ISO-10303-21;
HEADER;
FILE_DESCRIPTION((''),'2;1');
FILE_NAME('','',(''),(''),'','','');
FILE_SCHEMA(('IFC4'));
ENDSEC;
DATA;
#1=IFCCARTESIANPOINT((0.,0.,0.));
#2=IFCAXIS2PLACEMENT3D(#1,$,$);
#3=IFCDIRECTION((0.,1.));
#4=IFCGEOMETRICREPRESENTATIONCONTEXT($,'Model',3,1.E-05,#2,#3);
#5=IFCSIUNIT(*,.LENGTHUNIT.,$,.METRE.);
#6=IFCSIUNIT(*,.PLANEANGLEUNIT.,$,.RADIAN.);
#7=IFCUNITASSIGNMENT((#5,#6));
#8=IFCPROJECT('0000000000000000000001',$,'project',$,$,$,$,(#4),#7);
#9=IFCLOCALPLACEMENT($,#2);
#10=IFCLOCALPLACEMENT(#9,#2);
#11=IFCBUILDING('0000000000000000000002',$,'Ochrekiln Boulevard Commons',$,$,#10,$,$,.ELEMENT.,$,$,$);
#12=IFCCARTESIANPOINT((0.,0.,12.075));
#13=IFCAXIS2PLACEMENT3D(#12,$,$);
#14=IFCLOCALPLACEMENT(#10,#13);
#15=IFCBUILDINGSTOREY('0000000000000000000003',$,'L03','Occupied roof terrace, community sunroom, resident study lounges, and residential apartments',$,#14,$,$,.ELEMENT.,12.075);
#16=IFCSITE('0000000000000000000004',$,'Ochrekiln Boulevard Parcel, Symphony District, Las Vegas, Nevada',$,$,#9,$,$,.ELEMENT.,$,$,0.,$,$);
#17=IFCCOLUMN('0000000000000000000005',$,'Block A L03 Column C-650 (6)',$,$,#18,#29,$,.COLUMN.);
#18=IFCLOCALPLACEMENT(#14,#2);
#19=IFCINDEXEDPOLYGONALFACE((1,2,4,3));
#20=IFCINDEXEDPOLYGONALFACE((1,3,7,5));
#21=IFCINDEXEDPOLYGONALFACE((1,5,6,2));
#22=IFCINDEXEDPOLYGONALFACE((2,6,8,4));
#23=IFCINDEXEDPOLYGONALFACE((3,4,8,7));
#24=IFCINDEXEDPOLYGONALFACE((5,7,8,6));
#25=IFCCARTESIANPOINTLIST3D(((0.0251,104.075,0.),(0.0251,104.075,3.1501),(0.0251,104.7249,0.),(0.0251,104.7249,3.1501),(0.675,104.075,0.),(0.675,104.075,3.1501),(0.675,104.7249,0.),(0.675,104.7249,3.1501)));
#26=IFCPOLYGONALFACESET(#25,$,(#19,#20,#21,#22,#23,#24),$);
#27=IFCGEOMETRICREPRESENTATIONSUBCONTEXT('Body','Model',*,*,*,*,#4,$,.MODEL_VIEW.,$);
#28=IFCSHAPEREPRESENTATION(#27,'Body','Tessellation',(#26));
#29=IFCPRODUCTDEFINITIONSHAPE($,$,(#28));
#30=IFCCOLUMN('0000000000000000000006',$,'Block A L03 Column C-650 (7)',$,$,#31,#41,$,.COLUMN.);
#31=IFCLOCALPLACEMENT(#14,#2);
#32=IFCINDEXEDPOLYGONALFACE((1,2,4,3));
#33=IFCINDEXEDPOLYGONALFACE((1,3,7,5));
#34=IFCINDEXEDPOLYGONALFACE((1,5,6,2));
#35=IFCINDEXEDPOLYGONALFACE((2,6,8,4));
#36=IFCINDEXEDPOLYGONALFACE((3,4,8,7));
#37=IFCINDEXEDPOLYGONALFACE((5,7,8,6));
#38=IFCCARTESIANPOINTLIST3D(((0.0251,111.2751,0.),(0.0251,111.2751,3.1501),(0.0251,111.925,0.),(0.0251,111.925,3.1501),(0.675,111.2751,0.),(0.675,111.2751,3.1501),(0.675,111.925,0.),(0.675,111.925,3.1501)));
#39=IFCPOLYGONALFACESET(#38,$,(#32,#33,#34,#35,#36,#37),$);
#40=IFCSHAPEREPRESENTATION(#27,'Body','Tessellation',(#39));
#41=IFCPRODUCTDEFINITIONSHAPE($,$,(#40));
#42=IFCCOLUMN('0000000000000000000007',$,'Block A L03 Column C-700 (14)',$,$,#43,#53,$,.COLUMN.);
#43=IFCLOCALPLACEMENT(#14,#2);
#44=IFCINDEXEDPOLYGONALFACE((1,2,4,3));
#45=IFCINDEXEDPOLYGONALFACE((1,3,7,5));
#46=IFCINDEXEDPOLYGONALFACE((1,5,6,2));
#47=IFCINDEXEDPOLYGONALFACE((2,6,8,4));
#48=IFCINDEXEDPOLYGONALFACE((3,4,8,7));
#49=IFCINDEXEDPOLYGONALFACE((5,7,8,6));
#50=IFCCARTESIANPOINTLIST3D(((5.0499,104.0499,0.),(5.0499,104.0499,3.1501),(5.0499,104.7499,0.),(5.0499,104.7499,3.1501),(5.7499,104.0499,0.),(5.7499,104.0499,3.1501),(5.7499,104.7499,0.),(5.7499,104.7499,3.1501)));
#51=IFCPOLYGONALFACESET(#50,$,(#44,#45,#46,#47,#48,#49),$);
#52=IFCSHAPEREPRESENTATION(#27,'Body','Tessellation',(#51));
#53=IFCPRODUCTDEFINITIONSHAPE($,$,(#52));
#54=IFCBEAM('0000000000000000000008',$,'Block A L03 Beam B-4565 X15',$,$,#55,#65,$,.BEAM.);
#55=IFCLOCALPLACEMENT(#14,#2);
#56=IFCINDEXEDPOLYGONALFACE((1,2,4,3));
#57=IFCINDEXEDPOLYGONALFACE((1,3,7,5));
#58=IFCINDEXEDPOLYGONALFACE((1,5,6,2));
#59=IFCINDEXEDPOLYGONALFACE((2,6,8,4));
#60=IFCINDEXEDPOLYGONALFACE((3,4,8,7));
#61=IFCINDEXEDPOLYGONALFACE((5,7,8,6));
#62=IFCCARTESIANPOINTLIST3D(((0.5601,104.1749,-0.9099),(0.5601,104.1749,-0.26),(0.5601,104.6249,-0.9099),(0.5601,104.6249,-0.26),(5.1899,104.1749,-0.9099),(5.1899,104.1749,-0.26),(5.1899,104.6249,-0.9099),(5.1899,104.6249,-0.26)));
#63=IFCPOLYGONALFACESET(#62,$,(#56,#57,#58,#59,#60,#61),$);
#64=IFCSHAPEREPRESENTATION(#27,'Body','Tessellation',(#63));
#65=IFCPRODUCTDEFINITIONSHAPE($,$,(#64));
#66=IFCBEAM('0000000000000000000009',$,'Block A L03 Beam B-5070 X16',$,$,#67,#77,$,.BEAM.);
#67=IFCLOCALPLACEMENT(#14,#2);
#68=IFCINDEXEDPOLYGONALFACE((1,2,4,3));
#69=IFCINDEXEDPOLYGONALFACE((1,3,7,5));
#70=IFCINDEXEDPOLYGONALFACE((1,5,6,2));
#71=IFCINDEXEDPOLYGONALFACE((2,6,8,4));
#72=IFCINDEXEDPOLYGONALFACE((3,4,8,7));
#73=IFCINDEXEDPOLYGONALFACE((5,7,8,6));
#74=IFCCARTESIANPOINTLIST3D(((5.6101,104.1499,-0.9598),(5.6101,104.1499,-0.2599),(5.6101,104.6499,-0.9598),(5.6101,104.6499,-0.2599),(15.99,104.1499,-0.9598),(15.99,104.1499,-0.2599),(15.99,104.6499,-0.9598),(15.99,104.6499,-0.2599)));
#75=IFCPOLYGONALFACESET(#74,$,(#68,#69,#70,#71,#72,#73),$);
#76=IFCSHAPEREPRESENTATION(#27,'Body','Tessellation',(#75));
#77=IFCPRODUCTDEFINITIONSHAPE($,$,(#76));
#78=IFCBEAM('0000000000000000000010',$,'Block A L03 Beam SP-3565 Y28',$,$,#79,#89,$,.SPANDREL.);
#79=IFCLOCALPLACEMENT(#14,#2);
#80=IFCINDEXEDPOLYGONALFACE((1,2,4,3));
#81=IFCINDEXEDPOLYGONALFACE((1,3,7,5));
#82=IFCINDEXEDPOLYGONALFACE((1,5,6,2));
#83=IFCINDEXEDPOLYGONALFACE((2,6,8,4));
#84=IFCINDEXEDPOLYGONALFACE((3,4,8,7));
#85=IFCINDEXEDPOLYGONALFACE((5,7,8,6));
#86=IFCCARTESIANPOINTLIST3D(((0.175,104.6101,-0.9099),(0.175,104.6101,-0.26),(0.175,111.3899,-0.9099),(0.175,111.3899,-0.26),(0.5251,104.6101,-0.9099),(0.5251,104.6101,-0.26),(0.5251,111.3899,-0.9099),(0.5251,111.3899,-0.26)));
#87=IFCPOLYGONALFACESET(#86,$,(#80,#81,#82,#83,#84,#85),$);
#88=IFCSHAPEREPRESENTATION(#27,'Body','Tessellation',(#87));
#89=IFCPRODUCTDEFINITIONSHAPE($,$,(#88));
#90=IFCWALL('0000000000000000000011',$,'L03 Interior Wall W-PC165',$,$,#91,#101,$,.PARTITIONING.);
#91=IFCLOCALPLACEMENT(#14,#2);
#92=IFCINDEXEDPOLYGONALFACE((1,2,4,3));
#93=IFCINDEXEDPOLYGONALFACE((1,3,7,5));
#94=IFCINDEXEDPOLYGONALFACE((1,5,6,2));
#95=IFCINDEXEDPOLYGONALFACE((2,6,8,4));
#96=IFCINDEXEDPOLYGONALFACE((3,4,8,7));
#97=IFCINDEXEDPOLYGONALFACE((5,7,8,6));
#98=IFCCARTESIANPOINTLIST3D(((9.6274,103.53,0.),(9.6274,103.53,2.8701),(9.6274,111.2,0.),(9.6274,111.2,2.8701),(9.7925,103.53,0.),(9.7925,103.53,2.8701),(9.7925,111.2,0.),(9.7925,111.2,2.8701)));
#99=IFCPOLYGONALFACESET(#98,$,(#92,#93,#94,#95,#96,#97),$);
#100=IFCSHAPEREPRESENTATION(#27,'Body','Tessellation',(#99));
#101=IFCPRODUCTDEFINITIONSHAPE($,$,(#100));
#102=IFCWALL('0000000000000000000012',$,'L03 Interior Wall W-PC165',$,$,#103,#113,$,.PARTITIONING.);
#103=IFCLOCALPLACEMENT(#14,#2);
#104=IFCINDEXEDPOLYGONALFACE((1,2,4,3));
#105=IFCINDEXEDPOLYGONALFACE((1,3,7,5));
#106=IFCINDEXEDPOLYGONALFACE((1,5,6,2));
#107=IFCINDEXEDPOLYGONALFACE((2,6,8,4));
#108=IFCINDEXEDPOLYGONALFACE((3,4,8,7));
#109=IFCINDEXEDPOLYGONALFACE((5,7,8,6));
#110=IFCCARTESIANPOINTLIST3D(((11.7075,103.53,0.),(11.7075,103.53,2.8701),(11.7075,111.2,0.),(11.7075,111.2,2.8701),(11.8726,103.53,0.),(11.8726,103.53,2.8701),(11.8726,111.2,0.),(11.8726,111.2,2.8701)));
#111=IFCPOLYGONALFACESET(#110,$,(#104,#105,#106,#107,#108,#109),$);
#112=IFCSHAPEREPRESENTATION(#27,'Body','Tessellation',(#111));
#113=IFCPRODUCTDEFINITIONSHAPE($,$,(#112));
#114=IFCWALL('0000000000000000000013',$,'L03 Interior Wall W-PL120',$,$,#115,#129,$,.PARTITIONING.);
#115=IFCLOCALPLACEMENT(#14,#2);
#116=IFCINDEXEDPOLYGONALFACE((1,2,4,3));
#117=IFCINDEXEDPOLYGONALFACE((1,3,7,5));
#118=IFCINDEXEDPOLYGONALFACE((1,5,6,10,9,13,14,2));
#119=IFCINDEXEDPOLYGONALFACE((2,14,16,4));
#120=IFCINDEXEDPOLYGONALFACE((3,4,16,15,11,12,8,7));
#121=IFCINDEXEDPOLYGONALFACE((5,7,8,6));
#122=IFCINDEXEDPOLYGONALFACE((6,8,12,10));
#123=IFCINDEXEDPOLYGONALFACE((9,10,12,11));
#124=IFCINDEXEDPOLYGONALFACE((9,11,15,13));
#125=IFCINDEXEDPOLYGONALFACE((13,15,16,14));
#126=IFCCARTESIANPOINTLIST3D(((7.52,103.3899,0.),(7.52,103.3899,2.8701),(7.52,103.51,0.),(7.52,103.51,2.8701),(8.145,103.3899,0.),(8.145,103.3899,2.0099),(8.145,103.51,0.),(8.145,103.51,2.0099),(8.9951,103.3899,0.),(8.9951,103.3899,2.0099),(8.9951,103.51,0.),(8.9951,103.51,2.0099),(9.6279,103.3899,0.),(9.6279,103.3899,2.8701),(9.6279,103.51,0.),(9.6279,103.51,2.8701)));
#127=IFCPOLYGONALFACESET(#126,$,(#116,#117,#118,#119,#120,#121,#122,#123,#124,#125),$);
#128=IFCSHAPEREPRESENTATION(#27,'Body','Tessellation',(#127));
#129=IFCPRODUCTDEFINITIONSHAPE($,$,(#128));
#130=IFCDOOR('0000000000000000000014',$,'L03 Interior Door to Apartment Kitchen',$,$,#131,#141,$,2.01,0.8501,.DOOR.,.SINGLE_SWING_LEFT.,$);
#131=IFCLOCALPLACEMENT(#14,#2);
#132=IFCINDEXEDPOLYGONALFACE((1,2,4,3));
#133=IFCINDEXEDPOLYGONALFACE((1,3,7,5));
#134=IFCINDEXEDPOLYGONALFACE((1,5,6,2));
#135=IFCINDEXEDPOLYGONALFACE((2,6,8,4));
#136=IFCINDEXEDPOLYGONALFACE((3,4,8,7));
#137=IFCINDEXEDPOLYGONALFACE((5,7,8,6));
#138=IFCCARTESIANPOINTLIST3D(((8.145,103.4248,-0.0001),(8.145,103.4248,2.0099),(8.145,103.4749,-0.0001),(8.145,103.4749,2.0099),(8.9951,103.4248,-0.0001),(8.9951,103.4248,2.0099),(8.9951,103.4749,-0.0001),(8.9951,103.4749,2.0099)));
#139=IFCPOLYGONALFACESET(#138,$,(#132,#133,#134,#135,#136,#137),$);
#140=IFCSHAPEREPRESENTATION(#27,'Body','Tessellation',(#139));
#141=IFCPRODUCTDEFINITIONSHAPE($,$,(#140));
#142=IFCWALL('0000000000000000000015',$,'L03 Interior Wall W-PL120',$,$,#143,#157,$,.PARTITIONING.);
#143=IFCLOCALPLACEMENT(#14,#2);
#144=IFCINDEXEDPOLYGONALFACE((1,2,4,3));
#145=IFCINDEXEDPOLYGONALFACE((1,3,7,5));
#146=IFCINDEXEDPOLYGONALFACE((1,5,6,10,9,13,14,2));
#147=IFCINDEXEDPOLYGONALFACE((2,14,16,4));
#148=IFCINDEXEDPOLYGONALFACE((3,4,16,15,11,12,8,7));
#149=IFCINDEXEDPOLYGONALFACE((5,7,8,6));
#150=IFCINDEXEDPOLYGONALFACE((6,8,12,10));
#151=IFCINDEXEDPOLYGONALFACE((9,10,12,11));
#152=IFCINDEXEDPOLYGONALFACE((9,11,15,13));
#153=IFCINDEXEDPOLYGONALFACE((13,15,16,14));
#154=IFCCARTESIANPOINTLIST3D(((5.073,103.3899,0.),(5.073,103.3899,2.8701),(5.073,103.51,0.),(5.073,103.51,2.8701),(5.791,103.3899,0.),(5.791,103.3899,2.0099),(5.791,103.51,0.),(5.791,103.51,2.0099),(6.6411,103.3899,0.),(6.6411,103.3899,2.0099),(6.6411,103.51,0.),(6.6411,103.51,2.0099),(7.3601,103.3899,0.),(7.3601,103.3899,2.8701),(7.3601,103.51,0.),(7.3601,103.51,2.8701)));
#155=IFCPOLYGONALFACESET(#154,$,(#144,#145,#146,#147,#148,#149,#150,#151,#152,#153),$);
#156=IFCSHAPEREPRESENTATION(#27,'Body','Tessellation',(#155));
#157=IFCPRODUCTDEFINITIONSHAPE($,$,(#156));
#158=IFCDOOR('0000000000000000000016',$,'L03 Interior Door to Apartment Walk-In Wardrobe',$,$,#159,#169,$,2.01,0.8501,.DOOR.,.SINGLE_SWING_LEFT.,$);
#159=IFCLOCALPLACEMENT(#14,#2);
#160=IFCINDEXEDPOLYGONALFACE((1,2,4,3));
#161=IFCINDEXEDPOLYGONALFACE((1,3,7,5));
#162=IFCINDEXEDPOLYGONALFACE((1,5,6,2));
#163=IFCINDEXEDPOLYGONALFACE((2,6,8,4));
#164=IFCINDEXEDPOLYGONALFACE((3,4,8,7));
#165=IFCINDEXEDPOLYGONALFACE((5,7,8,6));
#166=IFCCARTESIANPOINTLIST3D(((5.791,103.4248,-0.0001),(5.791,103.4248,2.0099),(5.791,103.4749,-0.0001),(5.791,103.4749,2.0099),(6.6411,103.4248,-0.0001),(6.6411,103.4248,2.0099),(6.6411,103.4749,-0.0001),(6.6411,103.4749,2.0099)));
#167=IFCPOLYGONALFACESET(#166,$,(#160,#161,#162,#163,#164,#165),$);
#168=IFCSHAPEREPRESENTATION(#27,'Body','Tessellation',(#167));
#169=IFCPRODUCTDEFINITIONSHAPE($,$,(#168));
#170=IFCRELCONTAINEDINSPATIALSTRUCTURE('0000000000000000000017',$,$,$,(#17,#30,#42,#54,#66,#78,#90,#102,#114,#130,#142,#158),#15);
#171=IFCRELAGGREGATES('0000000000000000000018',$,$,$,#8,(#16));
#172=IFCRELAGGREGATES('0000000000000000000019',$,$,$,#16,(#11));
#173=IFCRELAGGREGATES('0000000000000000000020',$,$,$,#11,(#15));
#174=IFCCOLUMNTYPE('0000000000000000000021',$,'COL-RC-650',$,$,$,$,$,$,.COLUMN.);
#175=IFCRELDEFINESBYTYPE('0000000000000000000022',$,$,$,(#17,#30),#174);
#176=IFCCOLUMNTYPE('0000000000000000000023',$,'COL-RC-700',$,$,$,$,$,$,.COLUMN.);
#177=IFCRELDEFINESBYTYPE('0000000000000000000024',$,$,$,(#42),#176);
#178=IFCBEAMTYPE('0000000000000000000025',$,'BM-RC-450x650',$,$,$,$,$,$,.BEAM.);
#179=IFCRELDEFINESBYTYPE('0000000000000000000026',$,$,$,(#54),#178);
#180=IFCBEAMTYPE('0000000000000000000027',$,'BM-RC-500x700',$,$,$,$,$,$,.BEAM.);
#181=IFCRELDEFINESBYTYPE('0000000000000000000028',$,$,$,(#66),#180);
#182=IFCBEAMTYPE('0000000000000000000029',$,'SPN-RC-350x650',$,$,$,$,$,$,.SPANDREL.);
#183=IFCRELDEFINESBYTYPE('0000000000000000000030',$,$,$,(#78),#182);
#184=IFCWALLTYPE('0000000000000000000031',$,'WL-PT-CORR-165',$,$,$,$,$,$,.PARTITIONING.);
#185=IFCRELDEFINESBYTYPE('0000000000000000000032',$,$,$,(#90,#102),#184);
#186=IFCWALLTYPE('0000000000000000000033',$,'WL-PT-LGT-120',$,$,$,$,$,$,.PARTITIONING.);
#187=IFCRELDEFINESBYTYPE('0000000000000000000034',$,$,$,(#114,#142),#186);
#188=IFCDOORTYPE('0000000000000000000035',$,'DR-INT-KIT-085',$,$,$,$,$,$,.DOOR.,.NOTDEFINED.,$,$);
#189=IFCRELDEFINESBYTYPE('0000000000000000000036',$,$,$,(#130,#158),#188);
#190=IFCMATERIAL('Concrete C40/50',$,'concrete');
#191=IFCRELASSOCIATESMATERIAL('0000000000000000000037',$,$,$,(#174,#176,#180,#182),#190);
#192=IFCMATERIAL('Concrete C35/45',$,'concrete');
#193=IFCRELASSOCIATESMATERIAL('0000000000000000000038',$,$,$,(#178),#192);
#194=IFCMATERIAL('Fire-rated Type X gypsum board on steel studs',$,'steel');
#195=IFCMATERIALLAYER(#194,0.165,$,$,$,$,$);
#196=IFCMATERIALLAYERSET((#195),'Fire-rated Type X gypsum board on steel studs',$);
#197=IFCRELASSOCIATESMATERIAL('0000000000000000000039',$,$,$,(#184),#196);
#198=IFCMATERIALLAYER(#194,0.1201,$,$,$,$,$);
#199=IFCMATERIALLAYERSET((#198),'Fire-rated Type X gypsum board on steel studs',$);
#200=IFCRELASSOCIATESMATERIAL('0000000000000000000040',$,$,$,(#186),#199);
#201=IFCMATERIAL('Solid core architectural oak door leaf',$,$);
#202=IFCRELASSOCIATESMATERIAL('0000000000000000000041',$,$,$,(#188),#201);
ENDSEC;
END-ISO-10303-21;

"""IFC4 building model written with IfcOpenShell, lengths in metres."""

from ifc_helpers import new_model, si_unit, direction, frame, frame_2d, origin, origin_2d, place, context, subcontext, project, spatial, rectangle, extrude, material, layer, layer_set, material_profile, profile_set, type_object, element, fill, save


model = new_model("IFC4")

# Units and contexts
model_context = context("Model", 3, precision=1e-05, world=origin(), true_north=direction((0.0, 1.0)))
body_context = subcontext(model_context, "Body", "Model", "MODEL_VIEW")
ifc_project = project(units=[si_unit("LENGTHUNIT", "METRE"), si_unit("PLANEANGLEUNIT", "RADIAN")], contexts=[model_context])

# Site, building, storey
site_placement = place(None, origin())
site = spatial("IfcSite", under=ifc_project, at=site_placement, Name="Ochrekiln Boulevard Parcel, Symphony District, Las Vegas, Nevada", CompositionType="ELEMENT", RefElevation=0.0)
building_placement = place(site_placement, origin())
building = spatial("IfcBuilding", under=site, at=building_placement, Name="Ochrekiln Boulevard Commons", CompositionType="ELEMENT")
storey_placement = place(building_placement, frame((0.0, 0.0, 12.075)))
storey = spatial("IfcBuildingStorey", under=building, at=storey_placement, Name="L03", Description="Occupied roof terrace, community sunroom, resident study lounges, and residential apartments", CompositionType="ELEMENT", Elevation=12.075)

# Columns
ifc_material_1 = material(Name="Concrete C40/50", Category="concrete")
ifc_material_profile_1 = material_profile(ifc_material_1, rectangle(XDim=0.6499, YDim=0.6499, at=origin_2d()), Name="RC-COL-650x650")
ifc_profile_set_1 = profile_set([ifc_material_profile_1], Name="Concrete C40/50")
column_type_1 = type_object("IfcColumnType", Name="COL-RC-650", PredefinedType="COLUMN", material=ifc_profile_set_1)
for number, where, z_axis, x_axis, name in (
    (1, (0.3501, 104.3999, 0.0), (0.0, 0.0, 1.0), (1.0, 0.0, 0.0), "Block A L03 Column C-650 (6)"),
    (2, (0.3501, 111.6001, 0.0), (0.0, 0.0, 1.0), (1.0, 0.0, 0.0), "Block A L03 Column C-650 (7)"),
):
    element("IfcColumn", number, at=place(storey_placement, frame(where, z_axis=z_axis, x_axis=x_axis)), inside=storey, type_object=column_type_1, Name=name, PredefinedType="COLUMN", context=body_context, shape_type="SweptSolid", body=[
        extrude(rectangle(XDim=0.6499, YDim=0.6499, at=origin_2d()), origin(), (0.0, 0.0, 1.0), 3.1501),
    ])
ifc_material_profile_2 = material_profile(ifc_material_1, rectangle(XDim=0.7, YDim=0.7, at=origin_2d()), Name="RC-COL-700x700")
ifc_profile_set_2 = profile_set([ifc_material_profile_2], Name="Concrete C40/50")
column_type_2 = type_object("IfcColumnType", Name="COL-RC-700", PredefinedType="COLUMN", material=ifc_profile_set_2)
column_placement = place(storey_placement, frame((5.3999, 104.3999, 0.0), z_axis=(0.0, 0.0, 1.0), x_axis=(1.0, 0.0, 0.0)))
element("IfcColumn", 3, at=column_placement, inside=storey, type_object=column_type_2, Name="Block A L03 Column C-700 (14)", PredefinedType="COLUMN", context=body_context, shape_type="SweptSolid", body=[
    extrude(rectangle(XDim=0.7, YDim=0.7, at=origin_2d()), origin(), (0.0, 0.0, 1.0), 3.1501),
])

# Beams
ifc_material_2 = material(Name="Concrete C35/45", Category="concrete")
ifc_material_profile_3 = material_profile(ifc_material_2, rectangle(XDim=0.45, YDim=0.6499, at=origin_2d()), Name="RC-BM-450x650")
ifc_profile_set_3 = profile_set([ifc_material_profile_3], Name="Concrete C35/45")
beam_type_1 = type_object("IfcBeamType", Name="BM-RC-450x650", PredefinedType="BEAM", material=ifc_profile_set_3)
beam_1_placement = place(storey_placement, frame((0.5601, 104.3999, -0.585), z_axis=(1.0, 0.0, 0.0), x_axis=(0.0, 1.0, 0.0)))
element("IfcBeam", 4, at=beam_1_placement, inside=storey, type_object=beam_type_1, Name="Block A L03 Beam B-4565 X15", PredefinedType="BEAM", context=body_context, shape_type="SweptSolid", body=[
    extrude(rectangle(XDim=0.45, YDim=0.6499, at=origin_2d()), origin(), (0.0, 0.0, 1.0), 4.6299),
])
ifc_material_profile_4 = material_profile(ifc_material_1, rectangle(XDim=0.5, YDim=0.7, at=origin_2d()), Name="RC-BM-500x700")
ifc_profile_set_4 = profile_set([ifc_material_profile_4], Name="Concrete C40/50")
beam_type_2 = type_object("IfcBeamType", Name="BM-RC-500x700", PredefinedType="BEAM", material=ifc_profile_set_4)
beam_2_placement = place(storey_placement, frame((5.6101, 104.3999, -0.6099), z_axis=(1.0, 0.0, 0.0), x_axis=(0.0, 1.0, 0.0)))
element("IfcBeam", 5, at=beam_2_placement, inside=storey, type_object=beam_type_2, Name="Block A L03 Beam B-5070 X16", PredefinedType="BEAM", context=body_context, shape_type="SweptSolid", body=[
    extrude(rectangle(XDim=0.5, YDim=0.7, at=origin_2d()), origin(), (0.0, 0.0, 1.0), 10.3799),
])
ifc_material_profile_5 = material_profile(ifc_material_1, rectangle(XDim=0.3501, YDim=0.6499, at=origin_2d()), Name="RC-SPN-350x650")
ifc_profile_set_5 = profile_set([ifc_material_profile_5], Name="Concrete C40/50")
beam_type_3 = type_object("IfcBeamType", Name="SPN-RC-350x650", PredefinedType="SPANDREL", material=ifc_profile_set_5)
beam_3_placement = place(storey_placement, frame((0.3501, 104.6101, -0.585), z_axis=(0.0, 1.0, 0.0), x_axis=(-1.0, 0.0, 0.0)))
element("IfcBeam", 6, at=beam_3_placement, inside=storey, type_object=beam_type_3, Name="Block A L03 Beam SP-3565 Y28", PredefinedType="SPANDREL", context=body_context, shape_type="SweptSolid", body=[
    extrude(rectangle(XDim=0.3501, YDim=0.6499, at=origin_2d()), origin(), (0.0, 0.0, 1.0), 6.7798),
])

# Walls
ifc_material_3 = material(Name="Fire-rated Type X gypsum board on steel studs", Category="steel")
ifc_layer_1 = layer(ifc_material_3, 0.165)
ifc_layer_set_1 = layer_set([ifc_layer_1], Name="Fire-rated Type X gypsum board on steel studs")
wall_type_1 = type_object("IfcWallType", Name="WL-PT-CORR-165", PredefinedType="PARTITIONING", material=ifc_layer_set_1)
for number, where, z_axis, x_axis, name in (
    (7, (9.71, 103.53, 0.0), (0.0, 0.0, 1.0), (0.0, 1.0, 0.0), "L03 Interior Wall W-PC165"),
    (8, (11.79, 103.53, 0.0), (0.0, 0.0, 1.0), (0.0, 1.0, 0.0), "L03 Interior Wall W-PC165"),
):
    element("IfcWall", number, at=place(storey_placement, frame(where, z_axis=z_axis, x_axis=x_axis)), inside=storey, type_object=wall_type_1, Name=name, PredefinedType="PARTITIONING", context=body_context, shape_type="SweptSolid", body=[
        extrude(rectangle(XDim=7.6699, YDim=0.165, at=frame_2d((3.835, 0.0))), origin(), (0.0, 0.0, 1.0), 2.8701),
    ])

# Walls, openings, doors
ifc_layer_2 = layer(ifc_material_3, 0.1201)
ifc_layer_set_2 = layer_set([ifc_layer_2], Name="Fire-rated Type X gypsum board on steel studs")
wall_type_2 = type_object("IfcWallType", Name="WL-PT-LGT-120", PredefinedType="PARTITIONING", material=ifc_layer_set_2)
wall_1_placement = place(storey_placement, frame((7.52, 103.45, 0.0), z_axis=(0.0, 0.0, 1.0), x_axis=(1.0, 0.0, 0.0)))
wall_1 = element("IfcWall", 9, at=wall_1_placement, inside=storey, type_object=wall_type_2, Name="L03 Interior Wall W-PL120", PredefinedType="PARTITIONING", context=body_context, shape_type="SweptSolid", body=[
    extrude(rectangle(XDim=2.1079, YDim=0.1201, at=frame_2d((1.054, 0.0))), origin(), (0.0, 0.0, 1.0), 2.8701),
])
opening_1_placement = place(wall_1_placement, frame((0.625, 0.0, 0.0)))
opening_1 = element("IfcOpeningElement", 10, at=opening_1_placement, cuts=wall_1, PredefinedType="OPENING", context=body_context, shape_type="SweptSolid", body=[
    extrude(rectangle(XDim=0.8501, YDim=2.01, at=frame_2d((0.425, 1.0049))), frame((0.0, 0.0701, 0.0), z_axis=(0.0, -1.0, 0.0), x_axis=(1.0, 0.0, 0.0)), (0.0, 0.0, 1.0), 0.1401),
])
ifc_material_4 = material(Name="Solid core architectural oak door leaf")
door_type_1 = type_object("IfcDoorType", Name="DR-INT-KIT-085", OperationType="NOTDEFINED", PredefinedType="DOOR", material=ifc_material_4)
door_1_placement = place(opening_1_placement, origin())
door_1 = element("IfcDoor", 11, at=door_1_placement, inside=storey, type_object=door_type_1, Name="L03 Interior Door to Apartment Kitchen", OperationType="SINGLE_SWING_LEFT", OverallHeight=2.01, OverallWidth=0.8501, PredefinedType="DOOR", context=body_context, shape_type="SweptSolid", body=[
    extrude(rectangle(XDim=0.8501, YDim=2.01, at=frame_2d((0.425, 1.0049))), frame((0.0, 0.0249, 0.0), z_axis=(0.0, -1.0, 0.0), x_axis=(1.0, 0.0, 0.0)), (0.0, 0.0, 1.0), 0.05),
])
fill(opening_1, door_1)
wall_2_placement = place(storey_placement, frame((5.073, 103.45, 0.0), z_axis=(0.0, 0.0, 1.0), x_axis=(1.0, 0.0, 0.0)))
wall_2 = element("IfcWall", 12, at=wall_2_placement, inside=storey, type_object=wall_type_2, Name="L03 Interior Wall W-PL120", PredefinedType="PARTITIONING", context=body_context, shape_type="SweptSolid", body=[
    extrude(rectangle(XDim=2.2871, YDim=0.1201, at=frame_2d((1.1436, 0.0))), origin(), (0.0, 0.0, 1.0), 2.8701),
])
opening_2_placement = place(wall_2_placement, frame((0.718, 0.0, 0.0)))
opening_2 = element("IfcOpeningElement", 13, at=opening_2_placement, cuts=wall_2, PredefinedType="OPENING", context=body_context, shape_type="SweptSolid", body=[
    extrude(rectangle(XDim=0.8501, YDim=2.01, at=frame_2d((0.425, 1.0049))), frame((0.0, 0.0701, 0.0), z_axis=(0.0, -1.0, 0.0), x_axis=(1.0, 0.0, 0.0)), (0.0, 0.0, 1.0), 0.1401),
])
door_2_placement = place(opening_2_placement, origin())
door_2 = element("IfcDoor", 14, at=door_2_placement, inside=storey, type_object=door_type_1, Name="L03 Interior Door to Apartment Walk-In Wardrobe", OperationType="SINGLE_SWING_LEFT", OverallHeight=2.01, OverallWidth=0.8501, PredefinedType="DOOR", context=body_context, shape_type="SweptSolid", body=[
    extrude(rectangle(XDim=0.8501, YDim=2.01, at=frame_2d((0.425, 1.0049))), frame((0.0, 0.0249, 0.0), z_axis=(0.0, -1.0, 0.0), x_axis=(1.0, 0.0, 0.0)), (0.0, 0.0, 1.0), 0.05),
])
fill(opening_2, door_2)

save(model, "model.ifc")
